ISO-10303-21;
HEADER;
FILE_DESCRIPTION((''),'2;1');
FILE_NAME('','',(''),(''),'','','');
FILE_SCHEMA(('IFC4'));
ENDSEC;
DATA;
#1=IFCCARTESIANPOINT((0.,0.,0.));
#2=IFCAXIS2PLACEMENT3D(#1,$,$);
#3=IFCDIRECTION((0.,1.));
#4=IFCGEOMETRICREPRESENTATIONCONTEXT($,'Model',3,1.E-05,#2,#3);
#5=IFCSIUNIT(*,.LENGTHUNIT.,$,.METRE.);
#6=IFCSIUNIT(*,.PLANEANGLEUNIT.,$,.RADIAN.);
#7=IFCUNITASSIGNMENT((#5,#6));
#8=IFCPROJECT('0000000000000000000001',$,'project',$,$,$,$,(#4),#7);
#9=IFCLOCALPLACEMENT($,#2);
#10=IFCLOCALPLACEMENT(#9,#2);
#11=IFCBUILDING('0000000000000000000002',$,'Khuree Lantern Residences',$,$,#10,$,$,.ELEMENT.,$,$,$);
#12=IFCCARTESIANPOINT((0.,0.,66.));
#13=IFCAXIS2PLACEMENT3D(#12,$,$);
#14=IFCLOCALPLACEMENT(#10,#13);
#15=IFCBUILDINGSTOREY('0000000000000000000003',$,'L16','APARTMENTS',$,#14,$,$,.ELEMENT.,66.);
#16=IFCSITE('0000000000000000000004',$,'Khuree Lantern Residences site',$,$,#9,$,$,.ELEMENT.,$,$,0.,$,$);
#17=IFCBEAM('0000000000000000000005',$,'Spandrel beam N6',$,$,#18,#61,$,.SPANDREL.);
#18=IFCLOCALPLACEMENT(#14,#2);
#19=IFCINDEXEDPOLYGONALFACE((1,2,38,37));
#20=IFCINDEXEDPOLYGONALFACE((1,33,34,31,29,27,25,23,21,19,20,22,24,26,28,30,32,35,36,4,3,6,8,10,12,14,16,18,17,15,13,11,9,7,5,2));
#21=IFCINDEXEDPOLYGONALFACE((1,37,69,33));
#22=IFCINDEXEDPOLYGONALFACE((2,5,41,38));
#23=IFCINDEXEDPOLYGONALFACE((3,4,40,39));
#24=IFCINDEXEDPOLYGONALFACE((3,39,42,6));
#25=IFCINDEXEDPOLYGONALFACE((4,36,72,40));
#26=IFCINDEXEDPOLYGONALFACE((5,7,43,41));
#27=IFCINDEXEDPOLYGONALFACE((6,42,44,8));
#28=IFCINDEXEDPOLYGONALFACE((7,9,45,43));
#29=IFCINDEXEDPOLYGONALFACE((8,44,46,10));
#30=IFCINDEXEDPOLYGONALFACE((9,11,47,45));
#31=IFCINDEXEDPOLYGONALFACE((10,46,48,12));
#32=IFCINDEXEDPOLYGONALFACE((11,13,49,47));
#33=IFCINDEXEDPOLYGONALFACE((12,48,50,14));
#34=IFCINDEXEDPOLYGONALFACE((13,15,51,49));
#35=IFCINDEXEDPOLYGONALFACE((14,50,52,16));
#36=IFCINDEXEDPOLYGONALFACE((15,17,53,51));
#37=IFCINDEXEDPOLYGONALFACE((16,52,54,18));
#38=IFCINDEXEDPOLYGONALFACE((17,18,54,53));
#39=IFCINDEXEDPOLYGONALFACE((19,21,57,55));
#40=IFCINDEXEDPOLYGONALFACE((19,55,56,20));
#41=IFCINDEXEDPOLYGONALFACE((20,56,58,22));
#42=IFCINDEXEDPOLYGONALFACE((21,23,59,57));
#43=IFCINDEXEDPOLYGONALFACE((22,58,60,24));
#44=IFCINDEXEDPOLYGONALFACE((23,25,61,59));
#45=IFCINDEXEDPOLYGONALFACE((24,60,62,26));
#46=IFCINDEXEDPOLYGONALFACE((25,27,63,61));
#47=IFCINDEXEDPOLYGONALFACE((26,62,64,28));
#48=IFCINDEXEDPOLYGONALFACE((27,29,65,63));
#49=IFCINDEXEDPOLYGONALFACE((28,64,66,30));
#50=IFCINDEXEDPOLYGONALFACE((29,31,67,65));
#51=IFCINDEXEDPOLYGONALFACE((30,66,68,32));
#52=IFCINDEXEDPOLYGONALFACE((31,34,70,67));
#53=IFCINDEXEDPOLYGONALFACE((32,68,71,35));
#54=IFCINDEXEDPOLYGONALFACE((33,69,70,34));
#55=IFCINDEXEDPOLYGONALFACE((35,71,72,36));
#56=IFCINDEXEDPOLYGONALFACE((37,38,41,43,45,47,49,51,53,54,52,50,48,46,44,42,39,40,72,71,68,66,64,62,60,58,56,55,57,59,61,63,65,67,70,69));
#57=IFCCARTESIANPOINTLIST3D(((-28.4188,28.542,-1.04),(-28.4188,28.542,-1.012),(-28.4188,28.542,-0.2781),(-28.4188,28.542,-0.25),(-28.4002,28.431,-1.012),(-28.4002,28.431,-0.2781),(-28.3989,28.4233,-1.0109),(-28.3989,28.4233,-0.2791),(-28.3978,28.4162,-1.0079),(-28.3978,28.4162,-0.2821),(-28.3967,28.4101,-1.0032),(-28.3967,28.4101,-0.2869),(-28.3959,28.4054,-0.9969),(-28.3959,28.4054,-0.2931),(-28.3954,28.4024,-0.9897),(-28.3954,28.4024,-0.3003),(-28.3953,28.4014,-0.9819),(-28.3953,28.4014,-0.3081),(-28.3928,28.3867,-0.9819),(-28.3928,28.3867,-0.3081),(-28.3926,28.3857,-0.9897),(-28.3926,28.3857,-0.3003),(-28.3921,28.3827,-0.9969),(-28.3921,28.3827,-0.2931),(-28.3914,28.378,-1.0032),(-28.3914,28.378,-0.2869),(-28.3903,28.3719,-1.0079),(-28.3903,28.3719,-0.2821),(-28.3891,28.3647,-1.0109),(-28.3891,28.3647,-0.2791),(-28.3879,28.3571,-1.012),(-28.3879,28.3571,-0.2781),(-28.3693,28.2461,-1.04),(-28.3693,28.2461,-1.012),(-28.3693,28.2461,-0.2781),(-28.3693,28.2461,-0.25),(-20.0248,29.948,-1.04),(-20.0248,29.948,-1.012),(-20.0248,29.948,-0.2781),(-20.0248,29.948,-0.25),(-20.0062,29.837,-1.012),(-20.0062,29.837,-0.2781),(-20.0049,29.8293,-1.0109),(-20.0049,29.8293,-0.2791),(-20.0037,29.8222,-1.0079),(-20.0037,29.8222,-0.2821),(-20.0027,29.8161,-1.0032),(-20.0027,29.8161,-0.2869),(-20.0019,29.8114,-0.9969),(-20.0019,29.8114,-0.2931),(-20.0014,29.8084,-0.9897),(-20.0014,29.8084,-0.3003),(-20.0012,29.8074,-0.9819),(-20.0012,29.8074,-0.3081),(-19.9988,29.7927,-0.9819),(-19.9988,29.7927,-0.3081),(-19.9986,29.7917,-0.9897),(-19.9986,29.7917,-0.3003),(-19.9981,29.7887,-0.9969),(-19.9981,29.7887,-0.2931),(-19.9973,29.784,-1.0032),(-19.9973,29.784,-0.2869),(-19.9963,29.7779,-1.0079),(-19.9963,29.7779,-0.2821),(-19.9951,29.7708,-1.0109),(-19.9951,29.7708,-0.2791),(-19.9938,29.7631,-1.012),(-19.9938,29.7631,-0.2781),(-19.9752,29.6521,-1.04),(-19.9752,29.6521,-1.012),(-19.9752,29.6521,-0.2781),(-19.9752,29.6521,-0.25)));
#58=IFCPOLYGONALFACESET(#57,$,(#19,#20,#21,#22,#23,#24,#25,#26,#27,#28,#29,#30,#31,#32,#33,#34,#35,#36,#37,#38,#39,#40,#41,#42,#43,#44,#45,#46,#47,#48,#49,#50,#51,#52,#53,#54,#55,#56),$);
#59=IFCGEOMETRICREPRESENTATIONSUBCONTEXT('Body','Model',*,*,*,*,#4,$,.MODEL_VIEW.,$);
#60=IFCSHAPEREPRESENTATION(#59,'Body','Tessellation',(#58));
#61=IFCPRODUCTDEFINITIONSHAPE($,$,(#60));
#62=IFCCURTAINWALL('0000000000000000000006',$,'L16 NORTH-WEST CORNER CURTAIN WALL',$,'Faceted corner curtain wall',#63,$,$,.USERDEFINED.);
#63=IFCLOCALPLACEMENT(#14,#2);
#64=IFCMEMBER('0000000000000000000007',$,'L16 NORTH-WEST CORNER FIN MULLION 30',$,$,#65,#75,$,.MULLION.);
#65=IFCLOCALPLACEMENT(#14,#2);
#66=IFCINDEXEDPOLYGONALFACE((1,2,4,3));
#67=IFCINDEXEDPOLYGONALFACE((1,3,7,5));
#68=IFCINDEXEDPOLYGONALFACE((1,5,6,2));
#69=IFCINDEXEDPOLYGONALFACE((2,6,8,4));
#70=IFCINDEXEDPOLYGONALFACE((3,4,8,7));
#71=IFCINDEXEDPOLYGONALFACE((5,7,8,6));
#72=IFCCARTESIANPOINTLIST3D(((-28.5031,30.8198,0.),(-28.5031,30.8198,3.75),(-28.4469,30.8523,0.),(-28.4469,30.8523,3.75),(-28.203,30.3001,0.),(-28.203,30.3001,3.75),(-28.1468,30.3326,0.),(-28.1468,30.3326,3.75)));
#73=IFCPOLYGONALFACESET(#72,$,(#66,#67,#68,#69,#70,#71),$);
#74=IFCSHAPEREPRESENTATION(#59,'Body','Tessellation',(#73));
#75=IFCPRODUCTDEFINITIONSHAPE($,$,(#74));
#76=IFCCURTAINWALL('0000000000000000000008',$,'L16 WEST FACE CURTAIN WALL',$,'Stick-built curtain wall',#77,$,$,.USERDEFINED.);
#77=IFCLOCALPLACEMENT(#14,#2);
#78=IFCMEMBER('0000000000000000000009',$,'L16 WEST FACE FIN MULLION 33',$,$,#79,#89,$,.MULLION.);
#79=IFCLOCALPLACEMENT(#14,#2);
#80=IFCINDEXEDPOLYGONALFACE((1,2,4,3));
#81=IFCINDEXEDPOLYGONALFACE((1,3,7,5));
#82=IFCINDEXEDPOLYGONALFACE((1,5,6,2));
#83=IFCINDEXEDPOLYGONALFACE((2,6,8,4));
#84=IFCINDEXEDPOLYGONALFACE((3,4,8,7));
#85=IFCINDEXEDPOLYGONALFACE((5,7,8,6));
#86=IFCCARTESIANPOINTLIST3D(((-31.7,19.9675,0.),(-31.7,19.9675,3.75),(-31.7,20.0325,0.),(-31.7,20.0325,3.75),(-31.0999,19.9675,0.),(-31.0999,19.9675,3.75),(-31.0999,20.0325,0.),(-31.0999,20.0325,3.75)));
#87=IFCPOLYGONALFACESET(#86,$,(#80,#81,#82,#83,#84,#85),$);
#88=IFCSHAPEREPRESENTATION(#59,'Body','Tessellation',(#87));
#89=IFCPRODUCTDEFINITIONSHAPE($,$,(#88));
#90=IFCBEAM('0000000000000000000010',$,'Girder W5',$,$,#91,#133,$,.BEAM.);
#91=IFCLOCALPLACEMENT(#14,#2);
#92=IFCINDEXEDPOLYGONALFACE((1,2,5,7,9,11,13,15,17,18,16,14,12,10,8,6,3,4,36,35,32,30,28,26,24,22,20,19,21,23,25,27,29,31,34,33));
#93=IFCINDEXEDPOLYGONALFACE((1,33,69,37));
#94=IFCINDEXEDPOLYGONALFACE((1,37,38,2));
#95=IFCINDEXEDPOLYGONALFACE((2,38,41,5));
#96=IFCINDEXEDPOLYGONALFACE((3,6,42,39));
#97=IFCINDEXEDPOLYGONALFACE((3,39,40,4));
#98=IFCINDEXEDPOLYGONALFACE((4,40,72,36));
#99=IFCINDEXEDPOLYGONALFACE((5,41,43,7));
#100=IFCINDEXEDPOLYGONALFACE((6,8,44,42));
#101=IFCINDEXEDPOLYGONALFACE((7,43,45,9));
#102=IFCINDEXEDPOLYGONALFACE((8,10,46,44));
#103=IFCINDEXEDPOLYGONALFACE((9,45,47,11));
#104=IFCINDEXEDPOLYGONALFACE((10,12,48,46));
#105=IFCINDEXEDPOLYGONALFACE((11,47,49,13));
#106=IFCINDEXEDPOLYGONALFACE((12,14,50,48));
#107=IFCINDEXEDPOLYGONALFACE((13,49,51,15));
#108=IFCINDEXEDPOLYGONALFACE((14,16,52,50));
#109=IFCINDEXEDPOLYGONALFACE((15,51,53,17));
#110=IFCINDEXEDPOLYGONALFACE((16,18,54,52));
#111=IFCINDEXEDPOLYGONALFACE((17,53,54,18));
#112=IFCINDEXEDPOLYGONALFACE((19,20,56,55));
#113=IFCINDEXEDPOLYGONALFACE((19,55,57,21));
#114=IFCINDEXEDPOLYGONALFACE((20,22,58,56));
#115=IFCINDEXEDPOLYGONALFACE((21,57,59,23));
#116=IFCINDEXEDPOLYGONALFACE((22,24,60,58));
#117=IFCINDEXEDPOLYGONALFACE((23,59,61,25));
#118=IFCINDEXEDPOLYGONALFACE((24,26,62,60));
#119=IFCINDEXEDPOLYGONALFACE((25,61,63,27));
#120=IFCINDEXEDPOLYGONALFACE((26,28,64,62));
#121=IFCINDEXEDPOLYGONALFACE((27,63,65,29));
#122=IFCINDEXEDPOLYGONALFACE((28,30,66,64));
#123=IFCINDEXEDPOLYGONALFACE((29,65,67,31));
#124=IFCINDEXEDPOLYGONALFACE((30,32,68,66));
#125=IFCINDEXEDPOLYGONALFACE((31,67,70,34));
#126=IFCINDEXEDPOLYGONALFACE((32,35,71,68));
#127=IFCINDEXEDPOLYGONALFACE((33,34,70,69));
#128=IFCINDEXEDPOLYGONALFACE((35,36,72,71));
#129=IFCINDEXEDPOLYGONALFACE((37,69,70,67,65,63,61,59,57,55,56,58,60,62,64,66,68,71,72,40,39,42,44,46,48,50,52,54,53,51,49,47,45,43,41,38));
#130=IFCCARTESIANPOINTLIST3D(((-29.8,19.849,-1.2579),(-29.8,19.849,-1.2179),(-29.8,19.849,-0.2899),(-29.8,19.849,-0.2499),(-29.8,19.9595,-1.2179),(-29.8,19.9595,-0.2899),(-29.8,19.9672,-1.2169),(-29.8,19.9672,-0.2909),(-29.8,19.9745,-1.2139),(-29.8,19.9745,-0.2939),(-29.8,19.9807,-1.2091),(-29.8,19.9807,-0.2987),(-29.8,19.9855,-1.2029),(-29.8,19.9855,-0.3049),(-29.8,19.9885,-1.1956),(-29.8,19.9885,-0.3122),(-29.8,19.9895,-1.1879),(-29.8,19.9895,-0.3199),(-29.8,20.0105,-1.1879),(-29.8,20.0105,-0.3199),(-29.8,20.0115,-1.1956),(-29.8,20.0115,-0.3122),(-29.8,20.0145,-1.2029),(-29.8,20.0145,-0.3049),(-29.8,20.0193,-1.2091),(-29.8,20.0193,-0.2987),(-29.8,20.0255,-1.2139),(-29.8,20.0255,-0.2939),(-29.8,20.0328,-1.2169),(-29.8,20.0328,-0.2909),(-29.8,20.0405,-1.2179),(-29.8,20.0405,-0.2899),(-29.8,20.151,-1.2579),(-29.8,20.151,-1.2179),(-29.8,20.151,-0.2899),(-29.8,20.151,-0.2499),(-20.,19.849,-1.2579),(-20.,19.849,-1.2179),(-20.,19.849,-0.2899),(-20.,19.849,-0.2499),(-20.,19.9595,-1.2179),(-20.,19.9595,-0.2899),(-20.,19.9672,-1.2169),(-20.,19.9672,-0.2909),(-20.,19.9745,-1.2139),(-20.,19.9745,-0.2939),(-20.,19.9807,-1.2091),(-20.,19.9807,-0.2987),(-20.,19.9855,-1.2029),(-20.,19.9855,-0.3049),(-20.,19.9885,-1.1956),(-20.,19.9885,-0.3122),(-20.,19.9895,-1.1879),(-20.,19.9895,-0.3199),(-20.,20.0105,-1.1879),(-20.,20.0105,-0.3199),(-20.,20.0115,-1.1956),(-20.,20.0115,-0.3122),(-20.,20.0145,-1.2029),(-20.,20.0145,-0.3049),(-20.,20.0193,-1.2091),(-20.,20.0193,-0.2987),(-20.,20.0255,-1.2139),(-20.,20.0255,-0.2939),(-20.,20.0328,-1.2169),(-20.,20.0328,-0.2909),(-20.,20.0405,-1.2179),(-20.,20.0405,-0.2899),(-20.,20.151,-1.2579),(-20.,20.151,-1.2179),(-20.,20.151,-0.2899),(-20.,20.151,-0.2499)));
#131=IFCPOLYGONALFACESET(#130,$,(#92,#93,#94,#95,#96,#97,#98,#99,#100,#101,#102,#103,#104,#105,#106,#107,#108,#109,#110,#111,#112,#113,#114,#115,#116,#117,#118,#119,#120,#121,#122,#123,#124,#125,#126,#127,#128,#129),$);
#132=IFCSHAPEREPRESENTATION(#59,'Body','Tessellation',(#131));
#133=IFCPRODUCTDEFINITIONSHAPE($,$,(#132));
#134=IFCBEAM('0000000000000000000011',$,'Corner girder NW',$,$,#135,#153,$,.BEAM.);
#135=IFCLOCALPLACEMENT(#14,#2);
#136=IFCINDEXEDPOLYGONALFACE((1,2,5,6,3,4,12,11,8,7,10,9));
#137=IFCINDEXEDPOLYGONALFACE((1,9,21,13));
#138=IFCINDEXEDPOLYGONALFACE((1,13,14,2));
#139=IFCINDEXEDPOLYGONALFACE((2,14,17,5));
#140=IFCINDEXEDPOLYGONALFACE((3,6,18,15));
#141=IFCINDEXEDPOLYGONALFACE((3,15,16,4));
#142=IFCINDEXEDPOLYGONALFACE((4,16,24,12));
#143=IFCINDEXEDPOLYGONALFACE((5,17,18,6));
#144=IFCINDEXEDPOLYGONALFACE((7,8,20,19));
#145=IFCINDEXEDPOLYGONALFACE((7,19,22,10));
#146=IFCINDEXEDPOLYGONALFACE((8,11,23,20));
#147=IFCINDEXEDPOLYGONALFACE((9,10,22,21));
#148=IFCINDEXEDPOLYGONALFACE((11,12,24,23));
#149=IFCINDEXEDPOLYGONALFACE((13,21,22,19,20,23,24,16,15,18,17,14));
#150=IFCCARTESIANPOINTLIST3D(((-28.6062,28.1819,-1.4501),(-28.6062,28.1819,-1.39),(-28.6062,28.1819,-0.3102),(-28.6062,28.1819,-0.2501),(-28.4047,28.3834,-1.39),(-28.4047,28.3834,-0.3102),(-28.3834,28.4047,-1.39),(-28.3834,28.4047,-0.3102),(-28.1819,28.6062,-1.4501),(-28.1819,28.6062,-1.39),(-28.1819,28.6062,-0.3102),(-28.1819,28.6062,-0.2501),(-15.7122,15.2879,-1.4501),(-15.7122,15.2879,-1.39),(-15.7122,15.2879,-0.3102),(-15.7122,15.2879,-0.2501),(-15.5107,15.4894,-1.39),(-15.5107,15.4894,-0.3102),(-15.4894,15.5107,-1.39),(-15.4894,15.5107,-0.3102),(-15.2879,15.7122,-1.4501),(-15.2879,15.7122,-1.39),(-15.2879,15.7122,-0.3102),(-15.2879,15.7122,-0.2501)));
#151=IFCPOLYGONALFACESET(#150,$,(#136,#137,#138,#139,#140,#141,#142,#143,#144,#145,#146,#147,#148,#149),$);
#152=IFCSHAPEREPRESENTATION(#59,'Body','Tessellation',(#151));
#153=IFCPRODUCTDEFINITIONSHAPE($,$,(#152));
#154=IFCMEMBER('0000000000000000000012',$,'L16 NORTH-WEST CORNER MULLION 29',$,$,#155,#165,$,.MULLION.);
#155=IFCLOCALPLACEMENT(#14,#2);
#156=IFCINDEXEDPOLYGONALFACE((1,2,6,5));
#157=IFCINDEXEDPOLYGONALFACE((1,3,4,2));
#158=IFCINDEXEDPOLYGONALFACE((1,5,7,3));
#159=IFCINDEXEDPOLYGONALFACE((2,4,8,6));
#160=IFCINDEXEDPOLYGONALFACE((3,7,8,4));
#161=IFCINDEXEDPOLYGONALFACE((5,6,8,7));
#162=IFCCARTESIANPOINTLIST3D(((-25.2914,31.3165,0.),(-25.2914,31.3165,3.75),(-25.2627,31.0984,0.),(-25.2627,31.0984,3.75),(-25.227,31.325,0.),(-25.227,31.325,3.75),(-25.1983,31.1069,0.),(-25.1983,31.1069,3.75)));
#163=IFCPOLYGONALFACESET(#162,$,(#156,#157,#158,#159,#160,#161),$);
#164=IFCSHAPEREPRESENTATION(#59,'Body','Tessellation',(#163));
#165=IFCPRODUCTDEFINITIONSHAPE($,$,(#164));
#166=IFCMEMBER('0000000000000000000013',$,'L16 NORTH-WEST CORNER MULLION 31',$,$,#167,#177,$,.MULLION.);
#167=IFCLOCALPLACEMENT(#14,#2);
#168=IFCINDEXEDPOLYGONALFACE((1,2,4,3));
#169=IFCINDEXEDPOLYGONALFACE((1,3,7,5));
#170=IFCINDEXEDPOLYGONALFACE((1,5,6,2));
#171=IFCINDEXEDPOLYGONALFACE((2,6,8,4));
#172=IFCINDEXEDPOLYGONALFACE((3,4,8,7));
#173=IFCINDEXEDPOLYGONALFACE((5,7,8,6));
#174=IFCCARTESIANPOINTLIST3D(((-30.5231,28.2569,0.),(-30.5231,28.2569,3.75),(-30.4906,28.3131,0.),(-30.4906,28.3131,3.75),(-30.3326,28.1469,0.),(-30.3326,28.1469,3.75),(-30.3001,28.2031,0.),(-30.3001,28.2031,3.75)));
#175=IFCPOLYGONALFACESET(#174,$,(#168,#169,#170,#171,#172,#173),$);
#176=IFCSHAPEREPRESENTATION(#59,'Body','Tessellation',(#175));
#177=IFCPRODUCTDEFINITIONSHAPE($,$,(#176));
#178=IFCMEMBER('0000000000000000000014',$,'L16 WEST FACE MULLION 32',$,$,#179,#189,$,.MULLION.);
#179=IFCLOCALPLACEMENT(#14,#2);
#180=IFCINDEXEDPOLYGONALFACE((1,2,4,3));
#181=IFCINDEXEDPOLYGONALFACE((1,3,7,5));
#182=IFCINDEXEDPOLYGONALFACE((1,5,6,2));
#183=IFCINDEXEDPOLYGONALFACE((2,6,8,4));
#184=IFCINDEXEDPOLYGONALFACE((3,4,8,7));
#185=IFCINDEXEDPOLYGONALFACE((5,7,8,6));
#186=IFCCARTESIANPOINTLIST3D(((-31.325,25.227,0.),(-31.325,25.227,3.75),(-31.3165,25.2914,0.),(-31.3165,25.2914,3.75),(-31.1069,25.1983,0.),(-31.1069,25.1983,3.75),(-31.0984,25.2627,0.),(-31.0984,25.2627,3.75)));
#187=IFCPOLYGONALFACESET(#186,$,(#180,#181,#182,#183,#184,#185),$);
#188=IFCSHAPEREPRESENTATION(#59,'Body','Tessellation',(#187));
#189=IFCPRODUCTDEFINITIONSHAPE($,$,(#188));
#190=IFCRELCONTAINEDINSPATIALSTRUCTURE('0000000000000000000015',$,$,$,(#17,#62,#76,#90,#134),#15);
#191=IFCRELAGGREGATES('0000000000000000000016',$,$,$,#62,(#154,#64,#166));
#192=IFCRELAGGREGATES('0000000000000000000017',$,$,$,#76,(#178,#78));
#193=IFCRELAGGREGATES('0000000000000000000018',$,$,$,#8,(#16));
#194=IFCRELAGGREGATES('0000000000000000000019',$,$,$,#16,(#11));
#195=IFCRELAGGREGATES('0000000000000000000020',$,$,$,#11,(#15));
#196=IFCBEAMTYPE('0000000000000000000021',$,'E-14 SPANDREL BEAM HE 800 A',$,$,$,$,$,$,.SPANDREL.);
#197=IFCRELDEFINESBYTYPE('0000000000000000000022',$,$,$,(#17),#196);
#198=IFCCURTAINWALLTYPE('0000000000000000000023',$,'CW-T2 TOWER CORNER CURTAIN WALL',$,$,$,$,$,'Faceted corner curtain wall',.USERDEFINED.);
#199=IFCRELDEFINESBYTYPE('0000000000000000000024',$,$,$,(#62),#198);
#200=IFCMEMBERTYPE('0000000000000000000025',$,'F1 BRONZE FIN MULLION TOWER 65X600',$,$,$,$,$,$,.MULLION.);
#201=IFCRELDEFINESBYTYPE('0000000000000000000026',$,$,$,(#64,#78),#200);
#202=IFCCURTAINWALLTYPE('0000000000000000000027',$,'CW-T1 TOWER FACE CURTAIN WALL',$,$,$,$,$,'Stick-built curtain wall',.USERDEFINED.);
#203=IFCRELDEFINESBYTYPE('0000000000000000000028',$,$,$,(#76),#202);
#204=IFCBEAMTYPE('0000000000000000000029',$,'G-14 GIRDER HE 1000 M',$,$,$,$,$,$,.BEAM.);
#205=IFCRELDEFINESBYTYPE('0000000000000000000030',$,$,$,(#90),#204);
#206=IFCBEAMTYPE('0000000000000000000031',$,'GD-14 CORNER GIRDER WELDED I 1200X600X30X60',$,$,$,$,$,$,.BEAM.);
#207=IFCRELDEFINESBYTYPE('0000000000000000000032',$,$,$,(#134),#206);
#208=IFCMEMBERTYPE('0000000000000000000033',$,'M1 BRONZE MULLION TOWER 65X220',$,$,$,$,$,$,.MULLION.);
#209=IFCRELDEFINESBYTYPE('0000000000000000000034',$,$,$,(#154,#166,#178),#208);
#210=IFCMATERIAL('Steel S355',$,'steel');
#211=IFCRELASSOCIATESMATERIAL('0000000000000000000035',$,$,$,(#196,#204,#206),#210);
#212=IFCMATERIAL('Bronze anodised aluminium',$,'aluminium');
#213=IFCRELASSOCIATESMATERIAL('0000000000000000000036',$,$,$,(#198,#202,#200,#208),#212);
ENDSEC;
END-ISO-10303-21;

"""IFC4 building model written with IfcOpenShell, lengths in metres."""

from ifc_helpers import new_model, si_unit, direction, frame, origin, origin_2d, place, context, subcontext, project, spatial, rectangle, i_section, extrude, material, material_profile, profile_set, type_object, element, aggregate, save


model = new_model("IFC4")

# Units and contexts
model_context = context("Model", 3, precision=1e-05, world=origin(), true_north=direction((0.0, 1.0)))
body_context = subcontext(model_context, "Body", "Model", "MODEL_VIEW")
ifc_project = project(units=[si_unit("LENGTHUNIT", "METRE"), si_unit("PLANEANGLEUNIT", "RADIAN")], contexts=[model_context])

# Site, building, storey
site_placement = place(None, origin())
site = spatial("IfcSite", under=ifc_project, at=site_placement, Name="Khuree Lantern Residences site", CompositionType="ELEMENT", RefElevation=0.0)
building_placement = place(site_placement, origin())
building = spatial("IfcBuilding", under=site, at=building_placement, Name="Khuree Lantern Residences", CompositionType="ELEMENT")
storey_placement = place(building_placement, frame((0.0, 0.0, 66.0)))
storey = spatial("IfcBuildingStorey", under=building, at=storey_placement, Name="L16", Description="APARTMENTS", CompositionType="ELEMENT", Elevation=66.0)

# Beam
ifc_material_1 = material(Name="Steel S355", Category="steel")
ifc_material_profile_1 = material_profile(ifc_material_1, i_section(OverallWidth=0.3, OverallDepth=0.79, WebThickness=0.0149, FlangeThickness=0.0281, FilletRadius=0.03, at=origin_2d()), Name="HE 800 A")
ifc_profile_set_1 = profile_set([ifc_material_profile_1], Name="Steel S355")
beam_type_1 = type_object("IfcBeamType", Name="E-14 SPANDREL BEAM HE 800 A", PredefinedType="SPANDREL", material=ifc_profile_set_1)
for number, where, z_axis, x_axis, name in (
    (1, (-28.394, 28.394, -0.645), (0.98626, 0.165199, 0.0), (-0.165199, 0.98626, 0.0), "Spandrel beam N6"),
):
    element("IfcBeam", number, at=place(storey_placement, frame(where, z_axis=z_axis, x_axis=x_axis)), inside=storey, type_object=beam_type_1, Name=name, PredefinedType="SPANDREL", context=body_context, shape_type="SweptSolid", body=[
        extrude(i_section(OverallWidth=0.3, OverallDepth=0.79, WebThickness=0.0149, FlangeThickness=0.0281, FilletRadius=0.03, at=origin_2d()), origin(), (0.0, 0.0, 1.0), 8.511),
    ])

# Curtain walls, members
ifc_material_2 = material(Name="Bronze anodised aluminium", Category="aluminium")
curtain_wall_type_1 = type_object("IfcCurtainWallType", Name="CW-T2 TOWER CORNER CURTAIN WALL", ElementType="Faceted corner curtain wall", PredefinedType="USERDEFINED", material=ifc_material_2)
curtain_wall_1_placement = place(storey_placement, origin())
curtain_wall_1 = element("IfcCurtainWall", 2, at=curtain_wall_1_placement, inside=storey, type_object=curtain_wall_type_1, Name="L16 NORTH-WEST CORNER CURTAIN WALL", ObjectType="Faceted corner curtain wall", PredefinedType="USERDEFINED")
ifc_material_profile_2 = material_profile(ifc_material_2, rectangle(XDim=0.0649, YDim=0.6001, at=origin_2d()), Name="F1 65X600")
ifc_profile_set_2 = profile_set([ifc_material_profile_2], Name="Bronze anodised aluminium")
member_type_1 = type_object("IfcMemberType", Name="F1 BRONZE FIN MULLION TOWER 65X600", PredefinedType="MULLION", material=ifc_profile_set_2)
member_1_placement = place(storey_placement, frame((-28.325, 30.5762, 0.0), z_axis=(0.0, 0.0, 1.0), x_axis=(-0.866025, -0.5, 0.0)))
member_1 = element("IfcMember", 3, at=member_1_placement, type_object=member_type_1, Name="L16 NORTH-WEST CORNER FIN MULLION 30", PredefinedType="MULLION", context=body_context, shape_type="SweptSolid", body=[
    extrude(rectangle(XDim=0.0649, YDim=0.6001, at=origin_2d()), origin(), (0.0, 0.0, 1.0), 3.75),
])
curtain_wall_type_2 = type_object("IfcCurtainWallType", Name="CW-T1 TOWER FACE CURTAIN WALL", ElementType="Stick-built curtain wall", PredefinedType="USERDEFINED", material=ifc_material_2)
curtain_wall_2_placement = place(storey_placement, origin())
curtain_wall_2 = element("IfcCurtainWall", 4, at=curtain_wall_2_placement, inside=storey, type_object=curtain_wall_type_2, Name="L16 WEST FACE CURTAIN WALL", ObjectType="Stick-built curtain wall", PredefinedType="USERDEFINED")
member_2_placement = place(storey_placement, frame((-31.3999, 20.0, 0.0), z_axis=(0.0, 0.0, 1.0), x_axis=(0.0, -1.0, 0.0)))
member_2 = element("IfcMember", 5, at=member_2_placement, type_object=member_type_1, Name="L16 WEST FACE FIN MULLION 33", PredefinedType="MULLION", context=body_context, shape_type="SweptSolid", body=[
    extrude(rectangle(XDim=0.0649, YDim=0.6001, at=origin_2d()), origin(), (0.0, 0.0, 1.0), 3.75),
])

# Beams
ifc_material_profile_3 = material_profile(ifc_material_1, i_section(OverallWidth=0.302, OverallDepth=1.0081, WebThickness=0.021, FlangeThickness=0.04, FilletRadius=0.03, at=origin_2d()), Name="HE 1000 M")
ifc_profile_set_3 = profile_set([ifc_material_profile_3], Name="Steel S355")
beam_type_2 = type_object("IfcBeamType", Name="G-14 GIRDER HE 1000 M", PredefinedType="BEAM", material=ifc_profile_set_3)
beam_1_placement = place(storey_placement, frame((-29.8, 20.0, -0.7539), z_axis=(1.0, 0.0, 0.0), x_axis=(0.0, 1.0, 0.0)))
element("IfcBeam", 6, at=beam_1_placement, inside=storey, type_object=beam_type_2, Name="Girder W5", PredefinedType="BEAM", context=body_context, shape_type="SweptSolid", body=[
    extrude(i_section(OverallWidth=0.302, OverallDepth=1.0081, WebThickness=0.021, FlangeThickness=0.04, FilletRadius=0.03, at=origin_2d()), origin(), (0.0, 0.0, 1.0), 9.8),
])
ifc_material_profile_4 = material_profile(ifc_material_1, i_section(OverallWidth=0.6001, OverallDepth=1.2, WebThickness=0.03, FlangeThickness=0.0601, at=origin_2d()), Name="WELDED I 1200X600X30X60")
ifc_profile_set_4 = profile_set([ifc_material_profile_4], Name="Steel S355")
beam_type_3 = type_object("IfcBeamType", Name="GD-14 CORNER GIRDER WELDED I 1200X600X30X60", PredefinedType="BEAM", material=ifc_profile_set_4)
beam_2_placement = place(storey_placement, frame((-28.394, 28.394, -0.8501), z_axis=(0.707107, -0.707107, 0.0), x_axis=(0.707107, 0.707107, 0.0)))
element("IfcBeam", 7, at=beam_2_placement, inside=storey, type_object=beam_type_3, Name="Corner girder NW", PredefinedType="BEAM", context=body_context, shape_type="SweptSolid", body=[
    extrude(i_section(OverallWidth=0.6001, OverallDepth=1.2, WebThickness=0.03, FlangeThickness=0.0601, at=origin_2d()), origin(), (0.0, 0.0, 1.0), 18.2349),
])

# Members
ifc_material_profile_5 = material_profile(ifc_material_2, rectangle(XDim=0.0649, YDim=0.22, at=origin_2d()), Name="M1 65X220")
ifc_profile_set_5 = profile_set([ifc_material_profile_5], Name="Bronze anodised aluminium")
member_type_2 = type_object("IfcMemberType", Name="M1 BRONZE MULLION TOWER 65X220", PredefinedType="MULLION", material=ifc_profile_set_5)
member_3_placement = place(storey_placement, frame((-25.2449, 31.2117, 0.0), z_axis=(0.0, 0.0, 1.0), x_axis=(-0.991445, -0.130526, 0.0)))
member_3 = element("IfcMember", 8, at=member_3_placement, type_object=member_type_2, Name="L16 NORTH-WEST CORNER MULLION 29", PredefinedType="MULLION", context=body_context, shape_type="SweptSolid", body=[
    extrude(rectangle(XDim=0.0649, YDim=0.22, at=origin_2d()), origin(), (0.0, 0.0, 1.0), 3.75),
])
member_4_placement = place(storey_placement, frame((-30.4116, 28.23, 0.0), z_axis=(0.0, 0.0, 1.0), x_axis=(-0.5, -0.866025, 0.0)))
member_4 = element("IfcMember", 9, at=member_4_placement, type_object=member_type_2, Name="L16 NORTH-WEST CORNER MULLION 31", PredefinedType="MULLION", context=body_context, shape_type="SweptSolid", body=[
    extrude(rectangle(XDim=0.0649, YDim=0.22, at=origin_2d()), origin(), (0.0, 0.0, 1.0), 3.75),
])
member_5_placement = place(storey_placement, frame((-31.2117, 25.2449, 0.0), z_axis=(0.0, 0.0, 1.0), x_axis=(-0.130526, -0.991445, 0.0)))
member_5 = element("IfcMember", 10, at=member_5_placement, type_object=member_type_2, Name="L16 WEST FACE MULLION 32", PredefinedType="MULLION", context=body_context, shape_type="SweptSolid", body=[
    extrude(rectangle(XDim=0.0649, YDim=0.22, at=origin_2d()), origin(), (0.0, 0.0, 1.0), 3.75),
])

aggregate(curtain_wall_1, [member_3, member_1, member_4])
aggregate(curtain_wall_2, [member_5, member_2])

save(model, "model.ifc")
